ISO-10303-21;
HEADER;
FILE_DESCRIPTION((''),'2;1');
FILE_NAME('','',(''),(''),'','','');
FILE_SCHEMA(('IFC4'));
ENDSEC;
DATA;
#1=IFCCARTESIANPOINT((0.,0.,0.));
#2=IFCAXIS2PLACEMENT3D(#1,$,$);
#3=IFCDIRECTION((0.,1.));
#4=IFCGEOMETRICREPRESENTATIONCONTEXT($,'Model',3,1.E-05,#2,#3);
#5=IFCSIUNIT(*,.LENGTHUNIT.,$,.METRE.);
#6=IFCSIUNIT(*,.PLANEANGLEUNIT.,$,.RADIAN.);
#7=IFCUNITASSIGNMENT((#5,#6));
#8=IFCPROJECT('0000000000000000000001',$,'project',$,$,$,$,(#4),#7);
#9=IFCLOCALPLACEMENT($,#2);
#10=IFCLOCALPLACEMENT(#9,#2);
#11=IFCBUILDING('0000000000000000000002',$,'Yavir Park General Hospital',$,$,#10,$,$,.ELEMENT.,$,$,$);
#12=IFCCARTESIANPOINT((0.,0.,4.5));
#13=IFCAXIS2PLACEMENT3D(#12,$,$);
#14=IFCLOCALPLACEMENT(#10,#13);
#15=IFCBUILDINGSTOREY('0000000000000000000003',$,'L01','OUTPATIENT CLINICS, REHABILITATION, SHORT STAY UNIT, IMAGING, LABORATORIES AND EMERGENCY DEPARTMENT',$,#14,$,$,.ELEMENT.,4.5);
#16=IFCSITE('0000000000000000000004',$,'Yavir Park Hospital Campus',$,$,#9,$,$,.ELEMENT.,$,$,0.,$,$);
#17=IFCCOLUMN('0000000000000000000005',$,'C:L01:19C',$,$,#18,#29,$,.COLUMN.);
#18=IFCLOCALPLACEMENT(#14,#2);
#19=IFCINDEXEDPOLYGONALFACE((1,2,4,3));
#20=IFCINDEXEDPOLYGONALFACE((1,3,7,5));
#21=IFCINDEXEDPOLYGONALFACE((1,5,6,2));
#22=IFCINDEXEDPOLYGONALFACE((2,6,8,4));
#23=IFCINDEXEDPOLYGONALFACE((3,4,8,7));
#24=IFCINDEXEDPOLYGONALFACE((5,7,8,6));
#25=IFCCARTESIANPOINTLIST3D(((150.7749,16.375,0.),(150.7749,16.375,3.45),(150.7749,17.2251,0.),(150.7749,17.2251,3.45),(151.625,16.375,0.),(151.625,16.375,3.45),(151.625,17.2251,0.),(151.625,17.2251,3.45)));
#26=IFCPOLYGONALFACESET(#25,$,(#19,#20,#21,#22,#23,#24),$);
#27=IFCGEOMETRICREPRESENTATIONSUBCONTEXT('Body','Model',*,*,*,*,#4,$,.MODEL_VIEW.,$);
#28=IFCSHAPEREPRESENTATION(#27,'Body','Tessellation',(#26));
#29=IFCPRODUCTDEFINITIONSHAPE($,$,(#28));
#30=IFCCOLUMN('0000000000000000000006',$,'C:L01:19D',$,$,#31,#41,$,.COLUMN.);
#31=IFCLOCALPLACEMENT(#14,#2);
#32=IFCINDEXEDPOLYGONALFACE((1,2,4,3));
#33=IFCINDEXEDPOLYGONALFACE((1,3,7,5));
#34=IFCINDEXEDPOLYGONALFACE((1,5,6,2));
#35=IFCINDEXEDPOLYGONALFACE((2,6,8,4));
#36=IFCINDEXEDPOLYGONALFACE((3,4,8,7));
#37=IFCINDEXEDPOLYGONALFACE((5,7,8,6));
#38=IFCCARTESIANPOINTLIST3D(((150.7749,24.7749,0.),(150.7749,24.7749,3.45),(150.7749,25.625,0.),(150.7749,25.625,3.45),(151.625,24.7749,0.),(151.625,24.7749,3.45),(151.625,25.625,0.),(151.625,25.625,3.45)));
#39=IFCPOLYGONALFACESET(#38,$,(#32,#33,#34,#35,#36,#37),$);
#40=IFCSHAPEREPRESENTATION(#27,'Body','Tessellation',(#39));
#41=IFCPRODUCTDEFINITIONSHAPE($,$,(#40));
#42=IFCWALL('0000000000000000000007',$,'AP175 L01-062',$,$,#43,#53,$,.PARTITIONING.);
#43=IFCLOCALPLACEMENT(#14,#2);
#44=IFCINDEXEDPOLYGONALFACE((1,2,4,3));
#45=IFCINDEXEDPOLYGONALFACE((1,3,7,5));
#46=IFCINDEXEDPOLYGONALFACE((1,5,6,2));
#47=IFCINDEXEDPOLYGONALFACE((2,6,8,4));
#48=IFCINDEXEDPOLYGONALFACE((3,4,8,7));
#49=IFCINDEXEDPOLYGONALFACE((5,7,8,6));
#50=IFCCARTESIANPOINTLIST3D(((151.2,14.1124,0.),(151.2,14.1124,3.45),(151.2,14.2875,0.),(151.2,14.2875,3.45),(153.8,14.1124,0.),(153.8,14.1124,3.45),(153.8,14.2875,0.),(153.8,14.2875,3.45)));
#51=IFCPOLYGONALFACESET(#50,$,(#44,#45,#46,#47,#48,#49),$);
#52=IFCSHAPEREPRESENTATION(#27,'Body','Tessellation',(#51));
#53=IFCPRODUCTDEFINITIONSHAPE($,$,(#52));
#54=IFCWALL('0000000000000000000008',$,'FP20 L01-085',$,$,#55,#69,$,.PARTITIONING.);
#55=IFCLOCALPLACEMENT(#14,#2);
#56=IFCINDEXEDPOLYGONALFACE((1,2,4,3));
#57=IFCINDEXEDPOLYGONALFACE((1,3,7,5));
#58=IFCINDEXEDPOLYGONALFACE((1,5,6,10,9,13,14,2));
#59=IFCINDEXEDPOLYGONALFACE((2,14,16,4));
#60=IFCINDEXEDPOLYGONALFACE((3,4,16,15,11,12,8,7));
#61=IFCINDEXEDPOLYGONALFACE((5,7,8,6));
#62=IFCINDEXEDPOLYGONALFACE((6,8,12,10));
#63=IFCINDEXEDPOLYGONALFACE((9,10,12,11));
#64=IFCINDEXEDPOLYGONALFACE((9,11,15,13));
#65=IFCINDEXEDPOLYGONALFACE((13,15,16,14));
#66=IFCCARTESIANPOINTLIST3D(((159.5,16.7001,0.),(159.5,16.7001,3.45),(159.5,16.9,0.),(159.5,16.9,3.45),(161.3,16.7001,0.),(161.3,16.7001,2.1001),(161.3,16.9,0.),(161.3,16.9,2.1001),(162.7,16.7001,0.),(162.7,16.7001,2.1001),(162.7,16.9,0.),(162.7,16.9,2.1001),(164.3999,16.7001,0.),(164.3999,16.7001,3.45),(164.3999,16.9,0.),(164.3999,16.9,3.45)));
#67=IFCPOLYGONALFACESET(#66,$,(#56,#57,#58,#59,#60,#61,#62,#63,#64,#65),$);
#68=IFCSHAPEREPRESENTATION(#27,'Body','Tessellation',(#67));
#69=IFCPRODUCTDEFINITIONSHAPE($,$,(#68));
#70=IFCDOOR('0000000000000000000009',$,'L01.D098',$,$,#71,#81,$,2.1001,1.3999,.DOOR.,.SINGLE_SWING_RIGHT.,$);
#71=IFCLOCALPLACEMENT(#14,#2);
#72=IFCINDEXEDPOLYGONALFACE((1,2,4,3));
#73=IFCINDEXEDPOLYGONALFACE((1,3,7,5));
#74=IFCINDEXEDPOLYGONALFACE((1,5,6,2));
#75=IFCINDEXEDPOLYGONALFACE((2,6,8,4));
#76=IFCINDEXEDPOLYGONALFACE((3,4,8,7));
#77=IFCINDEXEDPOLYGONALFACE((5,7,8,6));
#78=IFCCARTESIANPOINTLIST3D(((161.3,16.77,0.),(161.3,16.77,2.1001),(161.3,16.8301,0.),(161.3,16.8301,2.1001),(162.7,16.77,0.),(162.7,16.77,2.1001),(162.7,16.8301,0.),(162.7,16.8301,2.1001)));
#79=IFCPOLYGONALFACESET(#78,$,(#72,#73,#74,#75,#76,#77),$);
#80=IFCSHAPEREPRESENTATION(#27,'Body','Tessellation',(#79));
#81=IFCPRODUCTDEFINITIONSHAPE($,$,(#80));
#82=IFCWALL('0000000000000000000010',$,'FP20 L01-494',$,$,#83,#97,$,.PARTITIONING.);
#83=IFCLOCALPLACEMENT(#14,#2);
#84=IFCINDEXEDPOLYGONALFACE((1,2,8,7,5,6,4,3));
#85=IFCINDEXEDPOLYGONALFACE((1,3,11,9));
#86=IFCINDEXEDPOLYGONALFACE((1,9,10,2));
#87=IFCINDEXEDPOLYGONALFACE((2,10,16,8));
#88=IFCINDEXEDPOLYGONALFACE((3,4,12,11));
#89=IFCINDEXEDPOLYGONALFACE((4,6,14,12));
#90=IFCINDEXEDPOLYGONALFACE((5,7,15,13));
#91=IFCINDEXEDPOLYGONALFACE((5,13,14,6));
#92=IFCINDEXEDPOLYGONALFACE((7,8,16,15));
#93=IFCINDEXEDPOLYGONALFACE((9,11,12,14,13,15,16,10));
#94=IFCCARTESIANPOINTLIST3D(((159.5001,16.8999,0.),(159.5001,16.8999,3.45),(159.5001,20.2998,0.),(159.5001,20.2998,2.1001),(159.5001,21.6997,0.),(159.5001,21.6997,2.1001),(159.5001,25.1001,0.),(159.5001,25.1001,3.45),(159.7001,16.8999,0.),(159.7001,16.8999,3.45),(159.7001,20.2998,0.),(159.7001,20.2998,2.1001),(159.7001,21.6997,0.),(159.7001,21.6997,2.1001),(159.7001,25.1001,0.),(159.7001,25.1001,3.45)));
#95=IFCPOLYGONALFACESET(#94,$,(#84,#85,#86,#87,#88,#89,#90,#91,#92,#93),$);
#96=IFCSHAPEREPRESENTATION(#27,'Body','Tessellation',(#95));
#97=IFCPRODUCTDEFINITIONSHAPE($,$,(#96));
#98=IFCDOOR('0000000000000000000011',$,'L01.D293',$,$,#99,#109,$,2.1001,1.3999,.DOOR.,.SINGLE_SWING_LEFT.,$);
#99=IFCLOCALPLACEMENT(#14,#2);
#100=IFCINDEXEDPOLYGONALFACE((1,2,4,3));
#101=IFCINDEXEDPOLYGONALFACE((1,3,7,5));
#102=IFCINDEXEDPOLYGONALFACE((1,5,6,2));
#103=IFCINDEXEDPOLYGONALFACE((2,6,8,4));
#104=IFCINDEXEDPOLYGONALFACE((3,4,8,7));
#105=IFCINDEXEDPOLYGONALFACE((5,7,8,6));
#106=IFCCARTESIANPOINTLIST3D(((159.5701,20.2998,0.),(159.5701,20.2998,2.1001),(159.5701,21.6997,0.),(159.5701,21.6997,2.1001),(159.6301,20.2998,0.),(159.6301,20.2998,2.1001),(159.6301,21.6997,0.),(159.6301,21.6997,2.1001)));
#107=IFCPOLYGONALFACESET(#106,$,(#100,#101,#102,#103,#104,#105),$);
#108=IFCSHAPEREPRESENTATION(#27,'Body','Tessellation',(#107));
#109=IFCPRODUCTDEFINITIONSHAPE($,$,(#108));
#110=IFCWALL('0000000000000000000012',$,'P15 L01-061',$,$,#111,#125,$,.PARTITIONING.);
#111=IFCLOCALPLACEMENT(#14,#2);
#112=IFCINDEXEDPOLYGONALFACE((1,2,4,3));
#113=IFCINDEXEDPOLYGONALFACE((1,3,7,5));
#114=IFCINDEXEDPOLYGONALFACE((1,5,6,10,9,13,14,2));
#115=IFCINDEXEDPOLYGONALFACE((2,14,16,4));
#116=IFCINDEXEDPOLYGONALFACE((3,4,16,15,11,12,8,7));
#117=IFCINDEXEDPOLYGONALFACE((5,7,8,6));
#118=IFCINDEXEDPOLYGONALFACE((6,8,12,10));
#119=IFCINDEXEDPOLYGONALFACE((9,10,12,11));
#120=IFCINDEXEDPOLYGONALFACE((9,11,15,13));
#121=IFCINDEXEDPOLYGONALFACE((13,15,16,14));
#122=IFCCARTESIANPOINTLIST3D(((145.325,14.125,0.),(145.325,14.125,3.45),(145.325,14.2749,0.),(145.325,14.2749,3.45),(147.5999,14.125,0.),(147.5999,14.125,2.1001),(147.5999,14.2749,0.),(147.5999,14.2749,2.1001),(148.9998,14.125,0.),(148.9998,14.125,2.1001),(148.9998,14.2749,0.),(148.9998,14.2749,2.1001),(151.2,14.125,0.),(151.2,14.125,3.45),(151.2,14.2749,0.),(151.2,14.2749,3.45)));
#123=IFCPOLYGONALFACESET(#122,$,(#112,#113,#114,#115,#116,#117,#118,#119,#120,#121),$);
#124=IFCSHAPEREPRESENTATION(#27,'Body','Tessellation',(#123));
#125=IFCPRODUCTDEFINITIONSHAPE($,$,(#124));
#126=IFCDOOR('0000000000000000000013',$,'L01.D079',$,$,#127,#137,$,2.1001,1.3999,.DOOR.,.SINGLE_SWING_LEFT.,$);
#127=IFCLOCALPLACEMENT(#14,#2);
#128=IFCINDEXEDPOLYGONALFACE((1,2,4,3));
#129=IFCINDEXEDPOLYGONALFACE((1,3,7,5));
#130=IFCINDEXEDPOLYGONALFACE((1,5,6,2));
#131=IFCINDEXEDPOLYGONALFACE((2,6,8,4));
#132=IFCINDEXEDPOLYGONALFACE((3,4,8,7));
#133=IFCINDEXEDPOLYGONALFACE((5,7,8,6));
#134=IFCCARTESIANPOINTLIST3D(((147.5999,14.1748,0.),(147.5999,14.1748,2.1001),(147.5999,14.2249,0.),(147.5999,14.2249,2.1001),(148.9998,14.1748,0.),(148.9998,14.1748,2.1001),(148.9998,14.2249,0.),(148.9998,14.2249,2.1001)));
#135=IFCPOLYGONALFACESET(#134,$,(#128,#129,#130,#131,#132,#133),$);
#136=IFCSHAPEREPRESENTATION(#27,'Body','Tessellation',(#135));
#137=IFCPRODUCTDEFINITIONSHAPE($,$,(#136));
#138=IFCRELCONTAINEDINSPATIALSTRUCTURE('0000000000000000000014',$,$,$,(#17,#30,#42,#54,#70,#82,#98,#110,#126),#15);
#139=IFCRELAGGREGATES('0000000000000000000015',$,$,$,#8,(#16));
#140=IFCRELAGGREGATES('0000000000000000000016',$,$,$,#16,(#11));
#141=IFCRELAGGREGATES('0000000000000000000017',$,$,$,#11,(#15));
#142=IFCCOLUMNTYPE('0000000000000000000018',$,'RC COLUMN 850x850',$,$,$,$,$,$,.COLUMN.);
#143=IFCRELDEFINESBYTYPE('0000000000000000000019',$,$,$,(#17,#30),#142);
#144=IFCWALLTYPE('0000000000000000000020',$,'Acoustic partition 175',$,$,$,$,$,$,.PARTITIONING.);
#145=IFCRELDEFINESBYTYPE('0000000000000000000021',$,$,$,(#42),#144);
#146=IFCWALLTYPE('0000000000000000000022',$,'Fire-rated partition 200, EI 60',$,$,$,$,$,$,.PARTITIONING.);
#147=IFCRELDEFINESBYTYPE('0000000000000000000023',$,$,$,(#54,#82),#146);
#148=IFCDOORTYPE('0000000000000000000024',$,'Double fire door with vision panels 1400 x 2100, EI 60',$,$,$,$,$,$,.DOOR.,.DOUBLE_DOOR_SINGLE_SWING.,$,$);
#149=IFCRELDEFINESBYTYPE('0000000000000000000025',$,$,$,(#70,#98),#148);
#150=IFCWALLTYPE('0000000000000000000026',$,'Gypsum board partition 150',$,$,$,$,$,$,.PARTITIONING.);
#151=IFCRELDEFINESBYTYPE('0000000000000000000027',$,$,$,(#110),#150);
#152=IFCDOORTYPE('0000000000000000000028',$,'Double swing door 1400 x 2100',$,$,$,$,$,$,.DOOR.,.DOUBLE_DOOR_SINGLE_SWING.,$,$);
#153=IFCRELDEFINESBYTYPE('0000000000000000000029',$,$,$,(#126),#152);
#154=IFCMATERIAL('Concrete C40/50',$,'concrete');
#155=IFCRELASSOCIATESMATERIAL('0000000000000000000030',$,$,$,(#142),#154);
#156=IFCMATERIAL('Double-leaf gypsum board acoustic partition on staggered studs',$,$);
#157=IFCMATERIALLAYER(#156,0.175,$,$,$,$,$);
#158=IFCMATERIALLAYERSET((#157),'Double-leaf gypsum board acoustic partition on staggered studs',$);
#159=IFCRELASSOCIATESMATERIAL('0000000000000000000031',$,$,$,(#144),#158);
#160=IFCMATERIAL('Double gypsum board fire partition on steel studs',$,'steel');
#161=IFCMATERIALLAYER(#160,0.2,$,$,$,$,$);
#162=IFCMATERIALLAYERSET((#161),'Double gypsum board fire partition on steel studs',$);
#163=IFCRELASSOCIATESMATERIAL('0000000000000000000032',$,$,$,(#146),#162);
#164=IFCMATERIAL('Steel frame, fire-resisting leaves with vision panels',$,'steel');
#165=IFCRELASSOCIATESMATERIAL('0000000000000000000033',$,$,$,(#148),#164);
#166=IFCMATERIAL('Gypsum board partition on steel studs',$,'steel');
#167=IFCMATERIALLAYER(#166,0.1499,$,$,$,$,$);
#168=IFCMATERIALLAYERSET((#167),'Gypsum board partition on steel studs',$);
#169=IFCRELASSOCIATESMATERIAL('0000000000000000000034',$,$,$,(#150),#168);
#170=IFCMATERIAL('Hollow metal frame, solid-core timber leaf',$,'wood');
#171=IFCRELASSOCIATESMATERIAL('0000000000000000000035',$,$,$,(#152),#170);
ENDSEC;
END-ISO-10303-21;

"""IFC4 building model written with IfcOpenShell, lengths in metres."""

from ifc_helpers import new_model, si_unit, direction, frame, frame_2d, origin, origin_2d, place, context, subcontext, project, spatial, rectangle, extrude, material, layer, layer_set, material_profile, profile_set, type_object, element, fill, save


model = new_model("IFC4")

# Units and contexts
model_context = context("Model", 3, precision=1e-05, world=origin(), true_north=direction((0.0, 1.0)))
body_context = subcontext(model_context, "Body", "Model", "MODEL_VIEW")
ifc_project = project(units=[si_unit("LENGTHUNIT", "METRE"), si_unit("PLANEANGLEUNIT", "RADIAN")], contexts=[model_context])

# Site, building, storey
site_placement = place(None, origin())
site = spatial("IfcSite", under=ifc_project, at=site_placement, Name="Yavir Park Hospital Campus", CompositionType="ELEMENT", RefElevation=0.0)
building_placement = place(site_placement, origin())
building = spatial("IfcBuilding", under=site, at=building_placement, Name="Yavir Park General Hospital", CompositionType="ELEMENT")
storey_placement = place(building_placement, frame((0.0, 0.0, 4.5)))
storey = spatial("IfcBuildingStorey", under=building, at=storey_placement, Name="L01", Description="OUTPATIENT CLINICS, REHABILITATION, SHORT STAY UNIT, IMAGING, LABORATORIES AND EMERGENCY DEPARTMENT", CompositionType="ELEMENT", Elevation=4.5)

# Columns
ifc_material_1 = material(Name="Concrete C40/50", Category="concrete")
ifc_material_profile = material_profile(ifc_material_1, rectangle(XDim=0.8501, YDim=0.8501, at=origin_2d()), Name="RC850x850")
ifc_profile_set = profile_set([ifc_material_profile], Name="Concrete C40/50")
column_type = type_object("IfcColumnType", Name="RC COLUMN 850x850", PredefinedType="COLUMN", material=ifc_profile_set)
for number, where, z_axis, x_axis, name in (
    (1, (151.2, 16.8, 0.0), (0.0, 0.0, 1.0), (1.0, 0.0, 0.0), "C:L01:19C"),
    (2, (151.2, 25.2, 0.0), (0.0, 0.0, 1.0), (1.0, 0.0, 0.0), "C:L01:19D"),
):
    element("IfcColumn", number, at=place(storey_placement, frame(where, z_axis=z_axis, x_axis=x_axis)), inside=storey, type_object=column_type, Name=name, PredefinedType="COLUMN", context=body_context, shape_type="SweptSolid", body=[
        extrude(rectangle(XDim=0.8501, YDim=0.8501, at=origin_2d()), origin(), (0.0, 0.0, 1.0), 3.45),
    ])

# Wall
ifc_material_2 = material(Name="Double-leaf gypsum board acoustic partition on staggered studs")
ifc_layer_1 = layer(ifc_material_2, 0.175)
ifc_layer_set_1 = layer_set([ifc_layer_1], Name="Double-leaf gypsum board acoustic partition on staggered studs")
wall_type_1 = type_object("IfcWallType", Name="Acoustic partition 175", PredefinedType="PARTITIONING", material=ifc_layer_set_1)
wall_1_placement = place(storey_placement, frame((151.2, 14.2, 0.0), z_axis=(0.0, 0.0, 1.0), x_axis=(1.0, 0.0, 0.0)))
element("IfcWall", 3, at=wall_1_placement, inside=storey, type_object=wall_type_1, Name="AP175 L01-062", PredefinedType="PARTITIONING", context=body_context, shape_type="SweptSolid", body=[
    extrude(rectangle(XDim=2.6001, YDim=0.175, at=frame_2d((1.3, 0.0))), origin(), (0.0, 0.0, 1.0), 3.45),
])

# Walls, openings, doors
ifc_material_3 = material(Name="Double gypsum board fire partition on steel studs", Category="steel")
ifc_layer_2 = layer(ifc_material_3, 0.2)
ifc_layer_set_2 = layer_set([ifc_layer_2], Name="Double gypsum board fire partition on steel studs")
wall_type_2 = type_object("IfcWallType", Name="Fire-rated partition 200, EI 60", PredefinedType="PARTITIONING", material=ifc_layer_set_2)
wall_2_placement = place(storey_placement, frame((159.5, 16.8, 0.0), z_axis=(0.0, 0.0, 1.0), x_axis=(1.0, 0.0, 0.0)))
wall_2 = element("IfcWall", 4, at=wall_2_placement, inside=storey, type_object=wall_type_2, Name="FP20 L01-085", PredefinedType="PARTITIONING", context=body_context, shape_type="SweptSolid", body=[
    extrude(rectangle(XDim=4.8999, YDim=0.2, at=frame_2d((2.45, 0.0))), origin(), (0.0, 0.0, 1.0), 3.45),
])
opening_1_placement = place(wall_2_placement, frame((1.8, 0.0, 0.0)))
opening_1 = element("IfcOpeningElement", 5, at=opening_1_placement, cuts=wall_2, PredefinedType="OPENING", context=body_context, shape_type="SweptSolid", body=[
    extrude(rectangle(XDim=1.3999, YDim=2.1001, at=frame_2d((0.7, 1.05))), frame((0.0, 0.1099, 0.0), z_axis=(0.0, -1.0, 0.0), x_axis=(1.0, 0.0, 0.0)), (0.0, 0.0, 1.0), 0.22),
])
ifc_material_4 = material(Name="Steel frame, fire-resisting leaves with vision panels", Category="steel")
door_type_1 = type_object("IfcDoorType", Name="Double fire door with vision panels 1400 x 2100, EI 60", OperationType="DOUBLE_DOOR_SINGLE_SWING", PredefinedType="DOOR", material=ifc_material_4)
door_1_placement = place(opening_1_placement, origin())
door_1 = element("IfcDoor", 6, at=door_1_placement, inside=storey, type_object=door_type_1, Name="L01.D098", OperationType="SINGLE_SWING_RIGHT", OverallHeight=2.1001, OverallWidth=1.3999, PredefinedType="DOOR", context=body_context, shape_type="SweptSolid", body=[
    extrude(rectangle(XDim=1.3999, YDim=2.1001, at=frame_2d((0.7, 1.05))), frame((0.0, 0.03, 0.0), z_axis=(0.0, -1.0, 0.0), x_axis=(1.0, 0.0, 0.0)), (0.0, 0.0, 1.0), 0.0601),
])
fill(opening_1, door_1)
wall_3_placement = place(storey_placement, frame((159.6001, 16.8999, 0.0), z_axis=(0.0, 0.0, 1.0), x_axis=(0.0, 1.0, 0.0)))
wall_3 = element("IfcWall", 7, at=wall_3_placement, inside=storey, type_object=wall_type_2, Name="FP20 L01-494", PredefinedType="PARTITIONING", context=body_context, shape_type="SweptSolid", body=[
    extrude(rectangle(XDim=8.2002, YDim=0.2, at=frame_2d((4.1001, 0.0))), origin(), (0.0, 0.0, 1.0), 3.45),
])
opening_2_placement = place(wall_3_placement, frame((3.3999, 0.0, 0.0)))
opening_2 = element("IfcOpeningElement", 8, at=opening_2_placement, cuts=wall_3, PredefinedType="OPENING", context=body_context, shape_type="SweptSolid", body=[
    extrude(rectangle(XDim=1.3999, YDim=2.1001, at=frame_2d((0.7, 1.05))), frame((0.0, 0.1099, 0.0), z_axis=(0.0, -1.0, 0.0), x_axis=(1.0, 0.0, 0.0)), (0.0, 0.0, 1.0), 0.22),
])
door_2_placement = place(opening_2_placement, origin())
door_2 = element("IfcDoor", 9, at=door_2_placement, inside=storey, type_object=door_type_1, Name="L01.D293", OperationType="SINGLE_SWING_LEFT", OverallHeight=2.1001, OverallWidth=1.3999, PredefinedType="DOOR", context=body_context, shape_type="SweptSolid", body=[
    extrude(rectangle(XDim=1.3999, YDim=2.1001, at=frame_2d((0.7, 1.05))), frame((0.0, 0.03, 0.0), z_axis=(0.0, -1.0, 0.0), x_axis=(1.0, 0.0, 0.0)), (0.0, 0.0, 1.0), 0.0601),
])
fill(opening_2, door_2)
ifc_material_5 = material(Name="Gypsum board partition on steel studs", Category="steel")
ifc_layer_3 = layer(ifc_material_5, 0.1499)
ifc_layer_set_3 = layer_set([ifc_layer_3], Name="Gypsum board partition on steel studs")
wall_type_3 = type_object("IfcWallType", Name="Gypsum board partition 150", PredefinedType="PARTITIONING", material=ifc_layer_set_3)
wall_4_placement = place(storey_placement, frame((145.325, 14.2, 0.0), z_axis=(0.0, 0.0, 1.0), x_axis=(1.0, 0.0, 0.0)))
wall_4 = element("IfcWall", 10, at=wall_4_placement, inside=storey, type_object=wall_type_3, Name="P15 L01-061", PredefinedType="PARTITIONING", context=body_context, shape_type="SweptSolid", body=[
    extrude(rectangle(XDim=5.875, YDim=0.1499, at=frame_2d((2.9375, 0.0))), origin(), (0.0, 0.0, 1.0), 3.45),
])
opening_3_placement = place(wall_4_placement, frame((2.2749, 0.0, 0.0)))
opening_3 = element("IfcOpeningElement", 11, at=opening_3_placement, cuts=wall_4, PredefinedType="OPENING", context=body_context, shape_type="SweptSolid", body=[
    extrude(rectangle(XDim=1.3999, YDim=2.1001, at=frame_2d((0.7, 1.05))), frame((0.0, 0.085, 0.0), z_axis=(0.0, -1.0, 0.0), x_axis=(1.0, 0.0, 0.0)), (0.0, 0.0, 1.0), 0.1699),
])
ifc_material_6 = material(Name="Hollow metal frame, solid-core timber leaf", Category="wood")
door_type_2 = type_object("IfcDoorType", Name="Double swing door 1400 x 2100", OperationType="DOUBLE_DOOR_SINGLE_SWING", PredefinedType="DOOR", material=ifc_material_6)
door_3_placement = place(opening_3_placement, origin())
door_3 = element("IfcDoor", 12, at=door_3_placement, inside=storey, type_object=door_type_2, Name="L01.D079", OperationType="SINGLE_SWING_LEFT", OverallHeight=2.1001, OverallWidth=1.3999, PredefinedType="DOOR", context=body_context, shape_type="SweptSolid", body=[
    extrude(rectangle(XDim=1.3999, YDim=2.1001, at=frame_2d((0.7, 1.05))), frame((0.0, 0.0249, 0.0), z_axis=(0.0, -1.0, 0.0), x_axis=(1.0, 0.0, 0.0)), (0.0, 0.0, 1.0), 0.05),
])
fill(opening_3, door_3)

save(model, "model.ifc")
